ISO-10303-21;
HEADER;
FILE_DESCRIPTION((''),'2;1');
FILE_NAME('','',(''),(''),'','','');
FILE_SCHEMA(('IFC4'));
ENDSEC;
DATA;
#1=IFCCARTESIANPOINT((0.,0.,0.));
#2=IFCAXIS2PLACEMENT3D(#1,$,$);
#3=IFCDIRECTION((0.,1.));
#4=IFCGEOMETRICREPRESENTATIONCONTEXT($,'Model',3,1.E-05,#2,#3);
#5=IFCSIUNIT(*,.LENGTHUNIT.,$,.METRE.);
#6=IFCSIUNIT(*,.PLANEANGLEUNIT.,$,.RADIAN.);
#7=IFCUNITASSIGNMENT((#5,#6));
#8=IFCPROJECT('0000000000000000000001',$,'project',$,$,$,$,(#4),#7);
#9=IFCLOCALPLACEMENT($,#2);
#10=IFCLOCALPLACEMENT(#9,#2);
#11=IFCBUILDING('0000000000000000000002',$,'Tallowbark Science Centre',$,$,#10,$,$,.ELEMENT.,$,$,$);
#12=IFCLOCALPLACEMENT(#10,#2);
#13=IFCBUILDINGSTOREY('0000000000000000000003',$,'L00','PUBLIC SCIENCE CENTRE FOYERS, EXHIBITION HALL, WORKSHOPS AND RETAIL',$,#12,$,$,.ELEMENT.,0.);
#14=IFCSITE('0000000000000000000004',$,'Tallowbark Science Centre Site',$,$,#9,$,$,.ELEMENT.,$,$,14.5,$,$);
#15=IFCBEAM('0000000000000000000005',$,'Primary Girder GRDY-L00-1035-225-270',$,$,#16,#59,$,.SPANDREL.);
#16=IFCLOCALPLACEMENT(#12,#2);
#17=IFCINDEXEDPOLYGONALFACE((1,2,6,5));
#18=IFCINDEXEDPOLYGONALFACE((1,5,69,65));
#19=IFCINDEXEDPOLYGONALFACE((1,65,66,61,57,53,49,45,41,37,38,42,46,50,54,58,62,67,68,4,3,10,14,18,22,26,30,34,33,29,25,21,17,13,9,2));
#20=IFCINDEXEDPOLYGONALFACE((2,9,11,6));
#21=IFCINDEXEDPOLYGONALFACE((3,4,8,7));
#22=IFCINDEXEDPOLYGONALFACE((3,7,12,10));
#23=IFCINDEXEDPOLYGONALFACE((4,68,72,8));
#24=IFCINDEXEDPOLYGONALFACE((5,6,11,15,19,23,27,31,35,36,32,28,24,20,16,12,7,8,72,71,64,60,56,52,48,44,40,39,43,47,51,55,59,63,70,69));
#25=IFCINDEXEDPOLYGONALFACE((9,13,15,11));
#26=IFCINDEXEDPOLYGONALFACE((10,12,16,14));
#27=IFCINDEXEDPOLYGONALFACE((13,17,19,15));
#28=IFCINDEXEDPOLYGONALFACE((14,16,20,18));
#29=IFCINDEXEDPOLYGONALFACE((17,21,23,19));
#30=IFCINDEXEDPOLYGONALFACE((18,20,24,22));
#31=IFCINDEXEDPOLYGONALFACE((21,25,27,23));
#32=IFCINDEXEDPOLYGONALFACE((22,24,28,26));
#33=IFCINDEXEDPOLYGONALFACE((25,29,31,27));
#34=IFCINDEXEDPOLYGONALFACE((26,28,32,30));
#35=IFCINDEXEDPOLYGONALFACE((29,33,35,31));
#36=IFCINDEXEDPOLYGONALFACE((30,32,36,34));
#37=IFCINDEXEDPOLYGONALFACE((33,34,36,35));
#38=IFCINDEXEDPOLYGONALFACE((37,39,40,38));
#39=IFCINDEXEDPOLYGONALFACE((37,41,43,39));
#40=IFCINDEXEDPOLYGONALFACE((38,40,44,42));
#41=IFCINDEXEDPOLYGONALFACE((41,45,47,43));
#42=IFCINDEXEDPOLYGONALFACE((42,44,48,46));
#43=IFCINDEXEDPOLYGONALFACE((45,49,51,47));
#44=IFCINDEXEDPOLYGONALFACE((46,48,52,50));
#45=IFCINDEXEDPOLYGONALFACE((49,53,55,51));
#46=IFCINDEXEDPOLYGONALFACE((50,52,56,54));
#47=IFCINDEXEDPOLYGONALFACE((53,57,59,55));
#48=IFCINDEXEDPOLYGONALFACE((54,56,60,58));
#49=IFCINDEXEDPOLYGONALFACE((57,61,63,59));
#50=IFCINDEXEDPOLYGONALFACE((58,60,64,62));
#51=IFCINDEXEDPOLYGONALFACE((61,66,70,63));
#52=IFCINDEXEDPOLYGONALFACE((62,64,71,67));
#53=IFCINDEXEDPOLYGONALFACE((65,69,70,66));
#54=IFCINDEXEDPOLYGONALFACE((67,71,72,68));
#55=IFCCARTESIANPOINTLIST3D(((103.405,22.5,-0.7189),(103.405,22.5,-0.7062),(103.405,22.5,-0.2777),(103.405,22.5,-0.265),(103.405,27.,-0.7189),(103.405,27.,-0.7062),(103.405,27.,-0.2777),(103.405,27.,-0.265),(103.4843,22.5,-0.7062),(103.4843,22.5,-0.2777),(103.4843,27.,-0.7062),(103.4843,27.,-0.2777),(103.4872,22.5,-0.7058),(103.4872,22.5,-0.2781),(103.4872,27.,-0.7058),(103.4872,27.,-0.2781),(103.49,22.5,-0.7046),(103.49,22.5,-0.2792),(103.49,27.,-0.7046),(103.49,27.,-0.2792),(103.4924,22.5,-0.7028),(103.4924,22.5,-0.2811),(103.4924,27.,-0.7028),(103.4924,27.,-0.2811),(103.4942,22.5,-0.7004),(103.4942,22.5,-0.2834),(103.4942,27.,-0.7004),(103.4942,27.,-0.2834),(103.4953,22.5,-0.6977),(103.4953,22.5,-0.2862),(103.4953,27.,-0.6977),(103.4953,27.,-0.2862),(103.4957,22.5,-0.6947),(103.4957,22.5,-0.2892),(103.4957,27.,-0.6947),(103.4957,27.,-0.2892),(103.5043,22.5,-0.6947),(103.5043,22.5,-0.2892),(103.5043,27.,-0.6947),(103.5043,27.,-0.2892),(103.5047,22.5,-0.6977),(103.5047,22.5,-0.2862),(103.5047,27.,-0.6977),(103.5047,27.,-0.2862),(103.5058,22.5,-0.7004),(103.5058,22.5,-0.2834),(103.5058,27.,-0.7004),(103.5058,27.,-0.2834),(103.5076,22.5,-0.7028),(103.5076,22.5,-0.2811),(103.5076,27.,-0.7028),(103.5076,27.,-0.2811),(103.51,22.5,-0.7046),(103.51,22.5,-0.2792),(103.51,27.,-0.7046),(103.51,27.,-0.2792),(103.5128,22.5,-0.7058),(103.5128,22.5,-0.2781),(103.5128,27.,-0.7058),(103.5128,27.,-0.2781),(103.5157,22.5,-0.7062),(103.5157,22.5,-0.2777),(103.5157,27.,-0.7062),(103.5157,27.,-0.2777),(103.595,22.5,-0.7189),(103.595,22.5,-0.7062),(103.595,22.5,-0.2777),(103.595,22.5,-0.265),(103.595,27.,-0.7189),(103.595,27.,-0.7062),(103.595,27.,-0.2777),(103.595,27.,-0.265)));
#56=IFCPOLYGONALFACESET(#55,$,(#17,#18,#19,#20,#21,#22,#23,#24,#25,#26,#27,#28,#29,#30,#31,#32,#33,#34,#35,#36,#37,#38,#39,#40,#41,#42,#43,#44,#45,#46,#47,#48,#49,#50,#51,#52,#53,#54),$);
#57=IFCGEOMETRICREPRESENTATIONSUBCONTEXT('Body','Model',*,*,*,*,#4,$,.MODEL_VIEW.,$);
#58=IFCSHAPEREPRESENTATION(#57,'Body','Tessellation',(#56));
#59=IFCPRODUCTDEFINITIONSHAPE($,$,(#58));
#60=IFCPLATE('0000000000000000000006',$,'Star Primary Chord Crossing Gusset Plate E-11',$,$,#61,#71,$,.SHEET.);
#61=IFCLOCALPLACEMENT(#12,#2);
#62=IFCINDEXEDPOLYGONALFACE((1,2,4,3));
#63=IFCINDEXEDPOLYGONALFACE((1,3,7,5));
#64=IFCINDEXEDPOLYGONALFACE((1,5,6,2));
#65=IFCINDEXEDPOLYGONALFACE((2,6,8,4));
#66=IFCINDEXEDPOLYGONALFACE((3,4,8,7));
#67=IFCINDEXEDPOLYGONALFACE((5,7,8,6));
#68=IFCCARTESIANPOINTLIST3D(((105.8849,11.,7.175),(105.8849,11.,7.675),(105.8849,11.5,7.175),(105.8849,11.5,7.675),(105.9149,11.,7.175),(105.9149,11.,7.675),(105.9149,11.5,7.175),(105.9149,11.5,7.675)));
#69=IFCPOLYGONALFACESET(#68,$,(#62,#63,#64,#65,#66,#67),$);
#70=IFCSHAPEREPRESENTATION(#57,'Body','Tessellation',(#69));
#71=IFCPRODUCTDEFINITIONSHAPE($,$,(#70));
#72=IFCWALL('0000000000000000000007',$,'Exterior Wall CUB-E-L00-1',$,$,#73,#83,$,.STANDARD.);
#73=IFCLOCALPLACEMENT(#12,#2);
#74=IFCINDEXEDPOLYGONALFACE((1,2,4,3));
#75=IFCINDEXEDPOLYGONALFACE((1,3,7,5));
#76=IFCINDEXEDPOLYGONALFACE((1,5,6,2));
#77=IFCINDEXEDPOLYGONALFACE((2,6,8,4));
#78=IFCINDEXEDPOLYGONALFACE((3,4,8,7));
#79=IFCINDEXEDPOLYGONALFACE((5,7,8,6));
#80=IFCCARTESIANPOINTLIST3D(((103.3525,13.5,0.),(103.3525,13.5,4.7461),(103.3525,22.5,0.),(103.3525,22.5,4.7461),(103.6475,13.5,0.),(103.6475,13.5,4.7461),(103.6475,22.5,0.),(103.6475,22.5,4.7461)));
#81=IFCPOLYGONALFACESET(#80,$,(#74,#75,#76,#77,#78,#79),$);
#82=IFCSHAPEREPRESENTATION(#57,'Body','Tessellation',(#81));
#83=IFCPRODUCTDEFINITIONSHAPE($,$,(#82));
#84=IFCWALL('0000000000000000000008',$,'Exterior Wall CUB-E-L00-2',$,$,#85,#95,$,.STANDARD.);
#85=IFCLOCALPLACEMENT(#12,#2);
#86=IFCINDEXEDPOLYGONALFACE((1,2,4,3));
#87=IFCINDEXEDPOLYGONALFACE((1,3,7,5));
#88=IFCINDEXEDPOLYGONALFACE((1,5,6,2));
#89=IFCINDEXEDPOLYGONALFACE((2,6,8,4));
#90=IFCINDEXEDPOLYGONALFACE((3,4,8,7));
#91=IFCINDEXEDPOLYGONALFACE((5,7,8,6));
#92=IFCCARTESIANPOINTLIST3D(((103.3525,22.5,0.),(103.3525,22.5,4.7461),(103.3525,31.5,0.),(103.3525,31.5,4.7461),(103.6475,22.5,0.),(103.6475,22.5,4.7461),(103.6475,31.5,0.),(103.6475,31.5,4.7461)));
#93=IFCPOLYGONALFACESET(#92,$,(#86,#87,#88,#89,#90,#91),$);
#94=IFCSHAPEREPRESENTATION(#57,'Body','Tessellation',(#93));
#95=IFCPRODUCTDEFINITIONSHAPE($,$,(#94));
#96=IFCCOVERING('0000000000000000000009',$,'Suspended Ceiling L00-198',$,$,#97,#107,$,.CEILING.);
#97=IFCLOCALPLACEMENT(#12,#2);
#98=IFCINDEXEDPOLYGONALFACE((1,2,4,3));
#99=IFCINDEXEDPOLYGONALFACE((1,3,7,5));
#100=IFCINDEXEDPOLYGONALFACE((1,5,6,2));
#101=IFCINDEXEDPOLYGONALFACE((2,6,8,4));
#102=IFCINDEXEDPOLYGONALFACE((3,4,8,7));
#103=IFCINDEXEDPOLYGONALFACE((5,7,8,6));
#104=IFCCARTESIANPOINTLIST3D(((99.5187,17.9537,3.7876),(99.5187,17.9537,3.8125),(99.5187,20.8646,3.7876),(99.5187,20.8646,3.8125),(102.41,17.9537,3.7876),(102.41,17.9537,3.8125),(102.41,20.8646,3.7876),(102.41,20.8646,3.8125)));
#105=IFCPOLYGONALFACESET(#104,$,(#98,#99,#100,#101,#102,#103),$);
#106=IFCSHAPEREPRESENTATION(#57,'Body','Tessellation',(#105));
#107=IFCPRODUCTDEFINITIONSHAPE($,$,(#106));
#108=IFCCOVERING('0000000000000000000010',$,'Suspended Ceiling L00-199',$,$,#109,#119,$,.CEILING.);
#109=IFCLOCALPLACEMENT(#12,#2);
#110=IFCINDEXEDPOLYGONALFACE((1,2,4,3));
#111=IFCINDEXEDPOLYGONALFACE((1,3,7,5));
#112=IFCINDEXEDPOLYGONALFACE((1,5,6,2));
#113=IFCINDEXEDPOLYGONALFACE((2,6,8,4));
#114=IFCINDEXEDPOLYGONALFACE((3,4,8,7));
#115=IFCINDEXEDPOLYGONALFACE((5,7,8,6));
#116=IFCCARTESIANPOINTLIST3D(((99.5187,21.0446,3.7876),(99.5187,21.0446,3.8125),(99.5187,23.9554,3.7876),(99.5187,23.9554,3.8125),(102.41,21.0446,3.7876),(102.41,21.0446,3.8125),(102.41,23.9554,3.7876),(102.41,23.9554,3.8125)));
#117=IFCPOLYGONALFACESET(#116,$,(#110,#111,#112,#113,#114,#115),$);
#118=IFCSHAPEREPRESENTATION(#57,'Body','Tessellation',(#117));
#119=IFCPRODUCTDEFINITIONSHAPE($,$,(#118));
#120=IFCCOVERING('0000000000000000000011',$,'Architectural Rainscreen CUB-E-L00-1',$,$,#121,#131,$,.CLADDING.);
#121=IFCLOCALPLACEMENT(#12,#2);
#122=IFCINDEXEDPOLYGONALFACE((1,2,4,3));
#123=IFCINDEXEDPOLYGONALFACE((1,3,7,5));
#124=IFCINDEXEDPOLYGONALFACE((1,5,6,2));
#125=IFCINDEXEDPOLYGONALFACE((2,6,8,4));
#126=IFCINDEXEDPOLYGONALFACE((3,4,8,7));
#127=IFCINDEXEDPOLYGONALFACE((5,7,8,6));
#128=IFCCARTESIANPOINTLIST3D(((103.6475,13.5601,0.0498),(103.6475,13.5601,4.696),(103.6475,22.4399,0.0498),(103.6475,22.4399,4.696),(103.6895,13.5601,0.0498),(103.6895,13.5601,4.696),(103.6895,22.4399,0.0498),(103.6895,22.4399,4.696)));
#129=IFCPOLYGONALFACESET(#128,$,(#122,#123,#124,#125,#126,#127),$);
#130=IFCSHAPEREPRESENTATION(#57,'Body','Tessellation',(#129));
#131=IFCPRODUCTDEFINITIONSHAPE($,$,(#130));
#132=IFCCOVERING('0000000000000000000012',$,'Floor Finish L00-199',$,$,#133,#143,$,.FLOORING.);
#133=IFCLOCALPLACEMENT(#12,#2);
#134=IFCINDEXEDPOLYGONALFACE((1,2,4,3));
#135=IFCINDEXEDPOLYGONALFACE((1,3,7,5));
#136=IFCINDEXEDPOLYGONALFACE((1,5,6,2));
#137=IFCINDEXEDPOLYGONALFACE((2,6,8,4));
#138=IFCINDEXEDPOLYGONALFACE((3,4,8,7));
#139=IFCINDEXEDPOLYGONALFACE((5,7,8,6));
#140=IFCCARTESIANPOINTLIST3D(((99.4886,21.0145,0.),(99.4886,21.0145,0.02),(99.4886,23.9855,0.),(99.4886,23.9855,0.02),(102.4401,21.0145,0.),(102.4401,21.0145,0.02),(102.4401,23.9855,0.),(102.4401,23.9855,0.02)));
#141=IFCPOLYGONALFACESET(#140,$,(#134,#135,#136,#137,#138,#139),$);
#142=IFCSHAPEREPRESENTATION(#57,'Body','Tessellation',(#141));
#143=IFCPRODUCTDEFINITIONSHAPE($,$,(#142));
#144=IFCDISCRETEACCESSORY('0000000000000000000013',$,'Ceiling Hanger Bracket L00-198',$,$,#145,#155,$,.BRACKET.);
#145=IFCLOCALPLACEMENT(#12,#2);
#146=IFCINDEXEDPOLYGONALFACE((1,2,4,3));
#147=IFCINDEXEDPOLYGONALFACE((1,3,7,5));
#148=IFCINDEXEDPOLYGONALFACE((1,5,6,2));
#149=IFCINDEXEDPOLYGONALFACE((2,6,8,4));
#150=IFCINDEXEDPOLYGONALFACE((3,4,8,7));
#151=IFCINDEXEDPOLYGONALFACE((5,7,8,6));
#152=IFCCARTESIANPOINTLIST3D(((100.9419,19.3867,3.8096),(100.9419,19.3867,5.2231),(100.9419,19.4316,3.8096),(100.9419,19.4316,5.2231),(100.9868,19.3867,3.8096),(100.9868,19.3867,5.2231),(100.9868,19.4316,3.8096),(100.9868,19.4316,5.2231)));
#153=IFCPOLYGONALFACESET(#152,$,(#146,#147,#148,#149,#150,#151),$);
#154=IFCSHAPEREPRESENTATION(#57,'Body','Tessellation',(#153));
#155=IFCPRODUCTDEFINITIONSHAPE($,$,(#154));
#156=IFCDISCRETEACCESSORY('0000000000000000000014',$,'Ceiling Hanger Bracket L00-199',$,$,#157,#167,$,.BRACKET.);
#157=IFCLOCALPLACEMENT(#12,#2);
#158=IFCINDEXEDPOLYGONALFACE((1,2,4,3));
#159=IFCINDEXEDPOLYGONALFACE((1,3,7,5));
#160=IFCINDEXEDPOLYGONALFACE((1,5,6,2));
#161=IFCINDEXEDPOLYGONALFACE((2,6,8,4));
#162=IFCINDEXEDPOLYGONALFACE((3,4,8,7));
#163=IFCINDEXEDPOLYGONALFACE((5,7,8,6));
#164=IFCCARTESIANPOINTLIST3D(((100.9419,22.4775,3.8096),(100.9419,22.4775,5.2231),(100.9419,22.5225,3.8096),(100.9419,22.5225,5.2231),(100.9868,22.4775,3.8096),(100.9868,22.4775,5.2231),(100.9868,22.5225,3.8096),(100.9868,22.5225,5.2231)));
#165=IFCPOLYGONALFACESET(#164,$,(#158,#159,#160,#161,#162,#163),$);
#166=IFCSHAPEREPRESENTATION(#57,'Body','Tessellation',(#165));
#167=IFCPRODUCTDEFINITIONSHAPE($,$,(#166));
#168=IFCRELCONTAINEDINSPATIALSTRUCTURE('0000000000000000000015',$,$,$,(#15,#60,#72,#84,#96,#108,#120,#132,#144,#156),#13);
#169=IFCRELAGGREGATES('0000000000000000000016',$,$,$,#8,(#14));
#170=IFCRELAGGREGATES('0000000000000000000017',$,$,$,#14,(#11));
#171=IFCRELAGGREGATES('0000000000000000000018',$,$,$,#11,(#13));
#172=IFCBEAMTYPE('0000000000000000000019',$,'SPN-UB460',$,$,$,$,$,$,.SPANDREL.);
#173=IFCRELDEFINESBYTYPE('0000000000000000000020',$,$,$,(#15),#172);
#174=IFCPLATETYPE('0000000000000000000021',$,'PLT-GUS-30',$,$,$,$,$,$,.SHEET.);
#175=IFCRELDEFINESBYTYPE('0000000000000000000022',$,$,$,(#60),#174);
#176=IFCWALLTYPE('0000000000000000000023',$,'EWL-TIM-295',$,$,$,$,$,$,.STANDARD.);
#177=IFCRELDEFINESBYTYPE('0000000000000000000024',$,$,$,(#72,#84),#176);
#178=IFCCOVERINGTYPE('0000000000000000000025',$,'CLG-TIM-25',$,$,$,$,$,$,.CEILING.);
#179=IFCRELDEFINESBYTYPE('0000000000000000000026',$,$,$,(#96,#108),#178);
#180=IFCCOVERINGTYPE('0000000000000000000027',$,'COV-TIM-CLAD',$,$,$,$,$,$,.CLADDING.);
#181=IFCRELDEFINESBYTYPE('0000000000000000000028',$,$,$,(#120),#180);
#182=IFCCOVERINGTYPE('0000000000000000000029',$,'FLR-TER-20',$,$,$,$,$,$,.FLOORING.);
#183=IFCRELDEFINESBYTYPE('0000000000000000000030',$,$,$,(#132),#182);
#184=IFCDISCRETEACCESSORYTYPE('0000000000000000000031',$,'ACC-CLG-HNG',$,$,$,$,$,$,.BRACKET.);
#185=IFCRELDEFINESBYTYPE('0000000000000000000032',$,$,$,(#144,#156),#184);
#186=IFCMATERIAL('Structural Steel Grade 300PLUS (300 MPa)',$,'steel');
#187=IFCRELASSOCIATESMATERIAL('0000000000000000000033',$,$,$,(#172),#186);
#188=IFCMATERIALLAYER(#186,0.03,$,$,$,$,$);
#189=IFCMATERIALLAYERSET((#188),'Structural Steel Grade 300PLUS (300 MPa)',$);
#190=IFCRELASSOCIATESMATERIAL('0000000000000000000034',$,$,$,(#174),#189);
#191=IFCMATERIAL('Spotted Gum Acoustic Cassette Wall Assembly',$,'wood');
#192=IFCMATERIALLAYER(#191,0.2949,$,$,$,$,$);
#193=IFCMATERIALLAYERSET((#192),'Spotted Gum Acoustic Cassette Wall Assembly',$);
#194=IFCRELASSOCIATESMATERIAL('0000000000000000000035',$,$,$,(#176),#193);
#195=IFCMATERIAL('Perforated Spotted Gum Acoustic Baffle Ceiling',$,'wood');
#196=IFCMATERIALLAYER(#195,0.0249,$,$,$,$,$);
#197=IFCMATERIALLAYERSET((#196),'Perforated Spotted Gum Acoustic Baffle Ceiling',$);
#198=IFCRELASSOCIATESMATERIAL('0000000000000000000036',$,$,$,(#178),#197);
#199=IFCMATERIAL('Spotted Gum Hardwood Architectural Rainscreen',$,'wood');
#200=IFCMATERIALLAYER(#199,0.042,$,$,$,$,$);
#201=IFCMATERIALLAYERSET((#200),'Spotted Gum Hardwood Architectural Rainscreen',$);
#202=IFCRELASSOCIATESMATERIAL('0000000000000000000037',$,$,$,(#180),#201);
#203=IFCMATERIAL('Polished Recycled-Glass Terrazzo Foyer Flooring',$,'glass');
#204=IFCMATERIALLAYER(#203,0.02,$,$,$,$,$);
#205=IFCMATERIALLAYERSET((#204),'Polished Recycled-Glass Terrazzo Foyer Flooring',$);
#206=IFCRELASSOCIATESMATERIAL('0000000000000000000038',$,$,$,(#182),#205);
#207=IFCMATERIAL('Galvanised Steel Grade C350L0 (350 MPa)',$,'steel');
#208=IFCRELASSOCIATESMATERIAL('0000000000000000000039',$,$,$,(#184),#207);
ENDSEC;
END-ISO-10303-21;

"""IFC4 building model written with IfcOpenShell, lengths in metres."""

from ifc_helpers import new_model, si_unit, direction, frame, frame_2d, origin, origin_2d, place, context, subcontext, project, spatial, rectangle, i_section, extrude, material, layer, layer_set, material_profile, profile_set, type_object, element, save


model = new_model("IFC4")

# Units and contexts
model_context = context("Model", 3, precision=1e-05, world=origin(), true_north=direction((0.0, 1.0)))
body_context = subcontext(model_context, "Body", "Model", "MODEL_VIEW")
ifc_project = project(units=[si_unit("LENGTHUNIT", "METRE"), si_unit("PLANEANGLEUNIT", "RADIAN")], contexts=[model_context])

# Site, building, storey
site_placement = place(None, origin())
site = spatial("IfcSite", under=ifc_project, at=site_placement, Name="Tallowbark Science Centre Site", CompositionType="ELEMENT", RefElevation=14.5)
building_placement = place(site_placement, origin())
building = spatial("IfcBuilding", under=site, at=building_placement, Name="Tallowbark Science Centre", CompositionType="ELEMENT")
storey_placement = place(building_placement, origin())
storey = spatial("IfcBuildingStorey", under=building, at=storey_placement, Name="L00", Description="PUBLIC SCIENCE CENTRE FOYERS, EXHIBITION HALL, WORKSHOPS AND RETAIL", CompositionType="ELEMENT", Elevation=0.0)

# Shared definitions
ifc_material_1 = material(Name="Structural Steel Grade 300PLUS (300 MPa)", Category="steel")

# Beam
ifc_material_profile_1 = material_profile(ifc_material_1, i_section(OverallWidth=0.1899, OverallDepth=0.4539, WebThickness=0.0085, FlangeThickness=0.0127, FilletRadius=0.0115, at=origin_2d()), Name="460UB67.1")
ifc_profile_set_1 = profile_set([ifc_material_profile_1], Name="Structural Steel Grade 300PLUS (300 MPa)")
beam_type = type_object("IfcBeamType", Name="SPN-UB460", PredefinedType="SPANDREL", material=ifc_profile_set_1)
for number, where, z_axis, x_axis, name in (
    (1, (103.5, 22.5, -0.4919), (0.0, 1.0, 0.0), (-1.0, 0.0, 0.0), "Primary Girder GRDY-L00-1035-225-270"),
):
    element("IfcBeam", number, at=place(storey_placement, frame(where, z_axis=z_axis, x_axis=x_axis)), inside=storey, type_object=beam_type, Name=name, PredefinedType="SPANDREL", context=body_context, shape_type="SweptSolid", body=[
        extrude(i_section(OverallWidth=0.1899, OverallDepth=0.4539, WebThickness=0.0085, FlangeThickness=0.0127, FilletRadius=0.0115, at=origin_2d()), origin(), (0.0, 0.0, 1.0), 4.5),
    ])

# Plate
ifc_layer_1 = layer(ifc_material_1, 0.03)
ifc_layer_set_1 = layer_set([ifc_layer_1], Name="Structural Steel Grade 300PLUS (300 MPa)")
plate_type = type_object("IfcPlateType", Name="PLT-GUS-30", PredefinedType="SHEET", material=ifc_layer_set_1)
plate_placement = place(storey_placement, frame((105.8999, 11.25, 7.175), z_axis=(0.0, 0.0, 1.0), x_axis=(0.0, 1.0, 0.0)))
element("IfcPlate", 2, at=plate_placement, inside=storey, type_object=plate_type, Name="Star Primary Chord Crossing Gusset Plate E-11", PredefinedType="SHEET", context=body_context, shape_type="SweptSolid", body=[
    extrude(rectangle(XDim=0.5, YDim=0.03, at=origin_2d()), origin(), (0.0, 0.0, 1.0), 0.5),
])

# Walls
ifc_material_2 = material(Name="Spotted Gum Acoustic Cassette Wall Assembly", Category="wood")
ifc_layer_2 = layer(ifc_material_2, 0.2949)
ifc_layer_set_2 = layer_set([ifc_layer_2], Name="Spotted Gum Acoustic Cassette Wall Assembly")
wall_type = type_object("IfcWallType", Name="EWL-TIM-295", PredefinedType="STANDARD", material=ifc_layer_set_2)
for number, where, z_axis, x_axis, name in (
    (3, (103.5, 13.5, 0.0), (0.0, 0.0, 1.0), (0.0, 1.0, 0.0), "Exterior Wall CUB-E-L00-1"),
    (4, (103.5, 22.5, 0.0), (0.0, 0.0, 1.0), (0.0, 1.0, 0.0), "Exterior Wall CUB-E-L00-2"),
):
    element("IfcWall", number, at=place(storey_placement, frame(where, z_axis=z_axis, x_axis=x_axis)), inside=storey, type_object=wall_type, Name=name, PredefinedType="STANDARD", context=body_context, shape_type="SweptSolid", body=[
        extrude(rectangle(XDim=9.0, YDim=0.2949, at=frame_2d((4.5, 0.0))), origin(), (0.0, 0.0, 1.0), 4.7461),
    ])

# Coverings
ifc_material_3 = material(Name="Perforated Spotted Gum Acoustic Baffle Ceiling", Category="wood")
ifc_layer_3 = layer(ifc_material_3, 0.0249)
ifc_layer_set_3 = layer_set([ifc_layer_3], Name="Perforated Spotted Gum Acoustic Baffle Ceiling")
covering_type_1 = type_object("IfcCoveringType", Name="CLG-TIM-25", PredefinedType="CEILING", material=ifc_layer_set_3)
for number, where, z_axis, x_axis, name in (
    (5, (100.9644, 19.4092, 3.7876), (0.0, 0.0, 1.0), (1.0, 0.0, 0.0), "Suspended Ceiling L00-198"),
    (6, (100.9644, 22.5, 3.7876), (0.0, 0.0, 1.0), (1.0, 0.0, 0.0), "Suspended Ceiling L00-199"),
):
    element("IfcCovering", number, at=place(storey_placement, frame(where, z_axis=z_axis, x_axis=x_axis)), inside=storey, type_object=covering_type_1, Name=name, PredefinedType="CEILING", context=body_context, shape_type="SweptSolid", body=[
        extrude(rectangle(XDim=2.8914, YDim=2.9109, at=origin_2d()), origin(), (0.0, 0.0, 1.0), 0.0249),
    ])
ifc_material_4 = material(Name="Spotted Gum Hardwood Architectural Rainscreen", Category="wood")
ifc_layer_4 = layer(ifc_material_4, 0.042)
ifc_layer_set_4 = layer_set([ifc_layer_4], Name="Spotted Gum Hardwood Architectural Rainscreen")
covering_type_2 = type_object("IfcCoveringType", Name="COV-TIM-CLAD", PredefinedType="CLADDING", material=ifc_layer_set_4)
covering_1_placement = place(storey_placement, frame((103.6685, 18.0, 0.0498), z_axis=(0.0, 0.0, 1.0), x_axis=(0.0, 1.0, 0.0)))
element("IfcCovering", 7, at=covering_1_placement, inside=storey, type_object=covering_type_2, Name="Architectural Rainscreen CUB-E-L00-1", PredefinedType="CLADDING", context=body_context, shape_type="SweptSolid", body=[
    extrude(rectangle(XDim=8.8799, YDim=0.042, at=origin_2d()), origin(), (0.0, 0.0, 1.0), 4.6462),
])
ifc_material_5 = material(Name="Polished Recycled-Glass Terrazzo Foyer Flooring", Category="glass")
ifc_layer_5 = layer(ifc_material_5, 0.02)
ifc_layer_set_5 = layer_set([ifc_layer_5], Name="Polished Recycled-Glass Terrazzo Foyer Flooring")
covering_type_3 = type_object("IfcCoveringType", Name="FLR-TER-20", PredefinedType="FLOORING", material=ifc_layer_set_5)
covering_2_placement = place(storey_placement, frame((100.9644, 22.5, 0.0), z_axis=(0.0, 0.0, 1.0), x_axis=(1.0, 0.0, 0.0)))
element("IfcCovering", 8, at=covering_2_placement, inside=storey, type_object=covering_type_3, Name="Floor Finish L00-199", PredefinedType="FLOORING", context=body_context, shape_type="SweptSolid", body=[
    extrude(rectangle(XDim=2.9514, YDim=2.9709, at=origin_2d()), origin(), (0.0, 0.0, 1.0), 0.02),
])

# Discrete accessories
ifc_material_6 = material(Name="Galvanised Steel Grade C350L0 (350 MPa)", Category="steel")
discrete_accessory_type = type_object("IfcDiscreteAccessoryType", Name="ACC-CLG-HNG", PredefinedType="BRACKET", material=ifc_material_6)
for number, where, z_axis, x_axis, name in (
    (9, (100.9644, 19.4092, 3.8096), (0.0, 0.0, 1.0), (1.0, 0.0, 0.0), "Ceiling Hanger Bracket L00-198"),
    (10, (100.9644, 22.5, 3.8096), (0.0, 0.0, 1.0), (1.0, 0.0, 0.0), "Ceiling Hanger Bracket L00-199"),
):
    element("IfcDiscreteAccessory", number, at=place(storey_placement, frame(where, z_axis=z_axis, x_axis=x_axis)), inside=storey, type_object=discrete_accessory_type, Name=name, PredefinedType="BRACKET", context=body_context, shape_type="SweptSolid", body=[
        extrude(rectangle(XDim=0.0449, YDim=0.0449, at=origin_2d()), origin(), (0.0, 0.0, 1.0), 1.4136),
    ])

save(model, "model.ifc")
